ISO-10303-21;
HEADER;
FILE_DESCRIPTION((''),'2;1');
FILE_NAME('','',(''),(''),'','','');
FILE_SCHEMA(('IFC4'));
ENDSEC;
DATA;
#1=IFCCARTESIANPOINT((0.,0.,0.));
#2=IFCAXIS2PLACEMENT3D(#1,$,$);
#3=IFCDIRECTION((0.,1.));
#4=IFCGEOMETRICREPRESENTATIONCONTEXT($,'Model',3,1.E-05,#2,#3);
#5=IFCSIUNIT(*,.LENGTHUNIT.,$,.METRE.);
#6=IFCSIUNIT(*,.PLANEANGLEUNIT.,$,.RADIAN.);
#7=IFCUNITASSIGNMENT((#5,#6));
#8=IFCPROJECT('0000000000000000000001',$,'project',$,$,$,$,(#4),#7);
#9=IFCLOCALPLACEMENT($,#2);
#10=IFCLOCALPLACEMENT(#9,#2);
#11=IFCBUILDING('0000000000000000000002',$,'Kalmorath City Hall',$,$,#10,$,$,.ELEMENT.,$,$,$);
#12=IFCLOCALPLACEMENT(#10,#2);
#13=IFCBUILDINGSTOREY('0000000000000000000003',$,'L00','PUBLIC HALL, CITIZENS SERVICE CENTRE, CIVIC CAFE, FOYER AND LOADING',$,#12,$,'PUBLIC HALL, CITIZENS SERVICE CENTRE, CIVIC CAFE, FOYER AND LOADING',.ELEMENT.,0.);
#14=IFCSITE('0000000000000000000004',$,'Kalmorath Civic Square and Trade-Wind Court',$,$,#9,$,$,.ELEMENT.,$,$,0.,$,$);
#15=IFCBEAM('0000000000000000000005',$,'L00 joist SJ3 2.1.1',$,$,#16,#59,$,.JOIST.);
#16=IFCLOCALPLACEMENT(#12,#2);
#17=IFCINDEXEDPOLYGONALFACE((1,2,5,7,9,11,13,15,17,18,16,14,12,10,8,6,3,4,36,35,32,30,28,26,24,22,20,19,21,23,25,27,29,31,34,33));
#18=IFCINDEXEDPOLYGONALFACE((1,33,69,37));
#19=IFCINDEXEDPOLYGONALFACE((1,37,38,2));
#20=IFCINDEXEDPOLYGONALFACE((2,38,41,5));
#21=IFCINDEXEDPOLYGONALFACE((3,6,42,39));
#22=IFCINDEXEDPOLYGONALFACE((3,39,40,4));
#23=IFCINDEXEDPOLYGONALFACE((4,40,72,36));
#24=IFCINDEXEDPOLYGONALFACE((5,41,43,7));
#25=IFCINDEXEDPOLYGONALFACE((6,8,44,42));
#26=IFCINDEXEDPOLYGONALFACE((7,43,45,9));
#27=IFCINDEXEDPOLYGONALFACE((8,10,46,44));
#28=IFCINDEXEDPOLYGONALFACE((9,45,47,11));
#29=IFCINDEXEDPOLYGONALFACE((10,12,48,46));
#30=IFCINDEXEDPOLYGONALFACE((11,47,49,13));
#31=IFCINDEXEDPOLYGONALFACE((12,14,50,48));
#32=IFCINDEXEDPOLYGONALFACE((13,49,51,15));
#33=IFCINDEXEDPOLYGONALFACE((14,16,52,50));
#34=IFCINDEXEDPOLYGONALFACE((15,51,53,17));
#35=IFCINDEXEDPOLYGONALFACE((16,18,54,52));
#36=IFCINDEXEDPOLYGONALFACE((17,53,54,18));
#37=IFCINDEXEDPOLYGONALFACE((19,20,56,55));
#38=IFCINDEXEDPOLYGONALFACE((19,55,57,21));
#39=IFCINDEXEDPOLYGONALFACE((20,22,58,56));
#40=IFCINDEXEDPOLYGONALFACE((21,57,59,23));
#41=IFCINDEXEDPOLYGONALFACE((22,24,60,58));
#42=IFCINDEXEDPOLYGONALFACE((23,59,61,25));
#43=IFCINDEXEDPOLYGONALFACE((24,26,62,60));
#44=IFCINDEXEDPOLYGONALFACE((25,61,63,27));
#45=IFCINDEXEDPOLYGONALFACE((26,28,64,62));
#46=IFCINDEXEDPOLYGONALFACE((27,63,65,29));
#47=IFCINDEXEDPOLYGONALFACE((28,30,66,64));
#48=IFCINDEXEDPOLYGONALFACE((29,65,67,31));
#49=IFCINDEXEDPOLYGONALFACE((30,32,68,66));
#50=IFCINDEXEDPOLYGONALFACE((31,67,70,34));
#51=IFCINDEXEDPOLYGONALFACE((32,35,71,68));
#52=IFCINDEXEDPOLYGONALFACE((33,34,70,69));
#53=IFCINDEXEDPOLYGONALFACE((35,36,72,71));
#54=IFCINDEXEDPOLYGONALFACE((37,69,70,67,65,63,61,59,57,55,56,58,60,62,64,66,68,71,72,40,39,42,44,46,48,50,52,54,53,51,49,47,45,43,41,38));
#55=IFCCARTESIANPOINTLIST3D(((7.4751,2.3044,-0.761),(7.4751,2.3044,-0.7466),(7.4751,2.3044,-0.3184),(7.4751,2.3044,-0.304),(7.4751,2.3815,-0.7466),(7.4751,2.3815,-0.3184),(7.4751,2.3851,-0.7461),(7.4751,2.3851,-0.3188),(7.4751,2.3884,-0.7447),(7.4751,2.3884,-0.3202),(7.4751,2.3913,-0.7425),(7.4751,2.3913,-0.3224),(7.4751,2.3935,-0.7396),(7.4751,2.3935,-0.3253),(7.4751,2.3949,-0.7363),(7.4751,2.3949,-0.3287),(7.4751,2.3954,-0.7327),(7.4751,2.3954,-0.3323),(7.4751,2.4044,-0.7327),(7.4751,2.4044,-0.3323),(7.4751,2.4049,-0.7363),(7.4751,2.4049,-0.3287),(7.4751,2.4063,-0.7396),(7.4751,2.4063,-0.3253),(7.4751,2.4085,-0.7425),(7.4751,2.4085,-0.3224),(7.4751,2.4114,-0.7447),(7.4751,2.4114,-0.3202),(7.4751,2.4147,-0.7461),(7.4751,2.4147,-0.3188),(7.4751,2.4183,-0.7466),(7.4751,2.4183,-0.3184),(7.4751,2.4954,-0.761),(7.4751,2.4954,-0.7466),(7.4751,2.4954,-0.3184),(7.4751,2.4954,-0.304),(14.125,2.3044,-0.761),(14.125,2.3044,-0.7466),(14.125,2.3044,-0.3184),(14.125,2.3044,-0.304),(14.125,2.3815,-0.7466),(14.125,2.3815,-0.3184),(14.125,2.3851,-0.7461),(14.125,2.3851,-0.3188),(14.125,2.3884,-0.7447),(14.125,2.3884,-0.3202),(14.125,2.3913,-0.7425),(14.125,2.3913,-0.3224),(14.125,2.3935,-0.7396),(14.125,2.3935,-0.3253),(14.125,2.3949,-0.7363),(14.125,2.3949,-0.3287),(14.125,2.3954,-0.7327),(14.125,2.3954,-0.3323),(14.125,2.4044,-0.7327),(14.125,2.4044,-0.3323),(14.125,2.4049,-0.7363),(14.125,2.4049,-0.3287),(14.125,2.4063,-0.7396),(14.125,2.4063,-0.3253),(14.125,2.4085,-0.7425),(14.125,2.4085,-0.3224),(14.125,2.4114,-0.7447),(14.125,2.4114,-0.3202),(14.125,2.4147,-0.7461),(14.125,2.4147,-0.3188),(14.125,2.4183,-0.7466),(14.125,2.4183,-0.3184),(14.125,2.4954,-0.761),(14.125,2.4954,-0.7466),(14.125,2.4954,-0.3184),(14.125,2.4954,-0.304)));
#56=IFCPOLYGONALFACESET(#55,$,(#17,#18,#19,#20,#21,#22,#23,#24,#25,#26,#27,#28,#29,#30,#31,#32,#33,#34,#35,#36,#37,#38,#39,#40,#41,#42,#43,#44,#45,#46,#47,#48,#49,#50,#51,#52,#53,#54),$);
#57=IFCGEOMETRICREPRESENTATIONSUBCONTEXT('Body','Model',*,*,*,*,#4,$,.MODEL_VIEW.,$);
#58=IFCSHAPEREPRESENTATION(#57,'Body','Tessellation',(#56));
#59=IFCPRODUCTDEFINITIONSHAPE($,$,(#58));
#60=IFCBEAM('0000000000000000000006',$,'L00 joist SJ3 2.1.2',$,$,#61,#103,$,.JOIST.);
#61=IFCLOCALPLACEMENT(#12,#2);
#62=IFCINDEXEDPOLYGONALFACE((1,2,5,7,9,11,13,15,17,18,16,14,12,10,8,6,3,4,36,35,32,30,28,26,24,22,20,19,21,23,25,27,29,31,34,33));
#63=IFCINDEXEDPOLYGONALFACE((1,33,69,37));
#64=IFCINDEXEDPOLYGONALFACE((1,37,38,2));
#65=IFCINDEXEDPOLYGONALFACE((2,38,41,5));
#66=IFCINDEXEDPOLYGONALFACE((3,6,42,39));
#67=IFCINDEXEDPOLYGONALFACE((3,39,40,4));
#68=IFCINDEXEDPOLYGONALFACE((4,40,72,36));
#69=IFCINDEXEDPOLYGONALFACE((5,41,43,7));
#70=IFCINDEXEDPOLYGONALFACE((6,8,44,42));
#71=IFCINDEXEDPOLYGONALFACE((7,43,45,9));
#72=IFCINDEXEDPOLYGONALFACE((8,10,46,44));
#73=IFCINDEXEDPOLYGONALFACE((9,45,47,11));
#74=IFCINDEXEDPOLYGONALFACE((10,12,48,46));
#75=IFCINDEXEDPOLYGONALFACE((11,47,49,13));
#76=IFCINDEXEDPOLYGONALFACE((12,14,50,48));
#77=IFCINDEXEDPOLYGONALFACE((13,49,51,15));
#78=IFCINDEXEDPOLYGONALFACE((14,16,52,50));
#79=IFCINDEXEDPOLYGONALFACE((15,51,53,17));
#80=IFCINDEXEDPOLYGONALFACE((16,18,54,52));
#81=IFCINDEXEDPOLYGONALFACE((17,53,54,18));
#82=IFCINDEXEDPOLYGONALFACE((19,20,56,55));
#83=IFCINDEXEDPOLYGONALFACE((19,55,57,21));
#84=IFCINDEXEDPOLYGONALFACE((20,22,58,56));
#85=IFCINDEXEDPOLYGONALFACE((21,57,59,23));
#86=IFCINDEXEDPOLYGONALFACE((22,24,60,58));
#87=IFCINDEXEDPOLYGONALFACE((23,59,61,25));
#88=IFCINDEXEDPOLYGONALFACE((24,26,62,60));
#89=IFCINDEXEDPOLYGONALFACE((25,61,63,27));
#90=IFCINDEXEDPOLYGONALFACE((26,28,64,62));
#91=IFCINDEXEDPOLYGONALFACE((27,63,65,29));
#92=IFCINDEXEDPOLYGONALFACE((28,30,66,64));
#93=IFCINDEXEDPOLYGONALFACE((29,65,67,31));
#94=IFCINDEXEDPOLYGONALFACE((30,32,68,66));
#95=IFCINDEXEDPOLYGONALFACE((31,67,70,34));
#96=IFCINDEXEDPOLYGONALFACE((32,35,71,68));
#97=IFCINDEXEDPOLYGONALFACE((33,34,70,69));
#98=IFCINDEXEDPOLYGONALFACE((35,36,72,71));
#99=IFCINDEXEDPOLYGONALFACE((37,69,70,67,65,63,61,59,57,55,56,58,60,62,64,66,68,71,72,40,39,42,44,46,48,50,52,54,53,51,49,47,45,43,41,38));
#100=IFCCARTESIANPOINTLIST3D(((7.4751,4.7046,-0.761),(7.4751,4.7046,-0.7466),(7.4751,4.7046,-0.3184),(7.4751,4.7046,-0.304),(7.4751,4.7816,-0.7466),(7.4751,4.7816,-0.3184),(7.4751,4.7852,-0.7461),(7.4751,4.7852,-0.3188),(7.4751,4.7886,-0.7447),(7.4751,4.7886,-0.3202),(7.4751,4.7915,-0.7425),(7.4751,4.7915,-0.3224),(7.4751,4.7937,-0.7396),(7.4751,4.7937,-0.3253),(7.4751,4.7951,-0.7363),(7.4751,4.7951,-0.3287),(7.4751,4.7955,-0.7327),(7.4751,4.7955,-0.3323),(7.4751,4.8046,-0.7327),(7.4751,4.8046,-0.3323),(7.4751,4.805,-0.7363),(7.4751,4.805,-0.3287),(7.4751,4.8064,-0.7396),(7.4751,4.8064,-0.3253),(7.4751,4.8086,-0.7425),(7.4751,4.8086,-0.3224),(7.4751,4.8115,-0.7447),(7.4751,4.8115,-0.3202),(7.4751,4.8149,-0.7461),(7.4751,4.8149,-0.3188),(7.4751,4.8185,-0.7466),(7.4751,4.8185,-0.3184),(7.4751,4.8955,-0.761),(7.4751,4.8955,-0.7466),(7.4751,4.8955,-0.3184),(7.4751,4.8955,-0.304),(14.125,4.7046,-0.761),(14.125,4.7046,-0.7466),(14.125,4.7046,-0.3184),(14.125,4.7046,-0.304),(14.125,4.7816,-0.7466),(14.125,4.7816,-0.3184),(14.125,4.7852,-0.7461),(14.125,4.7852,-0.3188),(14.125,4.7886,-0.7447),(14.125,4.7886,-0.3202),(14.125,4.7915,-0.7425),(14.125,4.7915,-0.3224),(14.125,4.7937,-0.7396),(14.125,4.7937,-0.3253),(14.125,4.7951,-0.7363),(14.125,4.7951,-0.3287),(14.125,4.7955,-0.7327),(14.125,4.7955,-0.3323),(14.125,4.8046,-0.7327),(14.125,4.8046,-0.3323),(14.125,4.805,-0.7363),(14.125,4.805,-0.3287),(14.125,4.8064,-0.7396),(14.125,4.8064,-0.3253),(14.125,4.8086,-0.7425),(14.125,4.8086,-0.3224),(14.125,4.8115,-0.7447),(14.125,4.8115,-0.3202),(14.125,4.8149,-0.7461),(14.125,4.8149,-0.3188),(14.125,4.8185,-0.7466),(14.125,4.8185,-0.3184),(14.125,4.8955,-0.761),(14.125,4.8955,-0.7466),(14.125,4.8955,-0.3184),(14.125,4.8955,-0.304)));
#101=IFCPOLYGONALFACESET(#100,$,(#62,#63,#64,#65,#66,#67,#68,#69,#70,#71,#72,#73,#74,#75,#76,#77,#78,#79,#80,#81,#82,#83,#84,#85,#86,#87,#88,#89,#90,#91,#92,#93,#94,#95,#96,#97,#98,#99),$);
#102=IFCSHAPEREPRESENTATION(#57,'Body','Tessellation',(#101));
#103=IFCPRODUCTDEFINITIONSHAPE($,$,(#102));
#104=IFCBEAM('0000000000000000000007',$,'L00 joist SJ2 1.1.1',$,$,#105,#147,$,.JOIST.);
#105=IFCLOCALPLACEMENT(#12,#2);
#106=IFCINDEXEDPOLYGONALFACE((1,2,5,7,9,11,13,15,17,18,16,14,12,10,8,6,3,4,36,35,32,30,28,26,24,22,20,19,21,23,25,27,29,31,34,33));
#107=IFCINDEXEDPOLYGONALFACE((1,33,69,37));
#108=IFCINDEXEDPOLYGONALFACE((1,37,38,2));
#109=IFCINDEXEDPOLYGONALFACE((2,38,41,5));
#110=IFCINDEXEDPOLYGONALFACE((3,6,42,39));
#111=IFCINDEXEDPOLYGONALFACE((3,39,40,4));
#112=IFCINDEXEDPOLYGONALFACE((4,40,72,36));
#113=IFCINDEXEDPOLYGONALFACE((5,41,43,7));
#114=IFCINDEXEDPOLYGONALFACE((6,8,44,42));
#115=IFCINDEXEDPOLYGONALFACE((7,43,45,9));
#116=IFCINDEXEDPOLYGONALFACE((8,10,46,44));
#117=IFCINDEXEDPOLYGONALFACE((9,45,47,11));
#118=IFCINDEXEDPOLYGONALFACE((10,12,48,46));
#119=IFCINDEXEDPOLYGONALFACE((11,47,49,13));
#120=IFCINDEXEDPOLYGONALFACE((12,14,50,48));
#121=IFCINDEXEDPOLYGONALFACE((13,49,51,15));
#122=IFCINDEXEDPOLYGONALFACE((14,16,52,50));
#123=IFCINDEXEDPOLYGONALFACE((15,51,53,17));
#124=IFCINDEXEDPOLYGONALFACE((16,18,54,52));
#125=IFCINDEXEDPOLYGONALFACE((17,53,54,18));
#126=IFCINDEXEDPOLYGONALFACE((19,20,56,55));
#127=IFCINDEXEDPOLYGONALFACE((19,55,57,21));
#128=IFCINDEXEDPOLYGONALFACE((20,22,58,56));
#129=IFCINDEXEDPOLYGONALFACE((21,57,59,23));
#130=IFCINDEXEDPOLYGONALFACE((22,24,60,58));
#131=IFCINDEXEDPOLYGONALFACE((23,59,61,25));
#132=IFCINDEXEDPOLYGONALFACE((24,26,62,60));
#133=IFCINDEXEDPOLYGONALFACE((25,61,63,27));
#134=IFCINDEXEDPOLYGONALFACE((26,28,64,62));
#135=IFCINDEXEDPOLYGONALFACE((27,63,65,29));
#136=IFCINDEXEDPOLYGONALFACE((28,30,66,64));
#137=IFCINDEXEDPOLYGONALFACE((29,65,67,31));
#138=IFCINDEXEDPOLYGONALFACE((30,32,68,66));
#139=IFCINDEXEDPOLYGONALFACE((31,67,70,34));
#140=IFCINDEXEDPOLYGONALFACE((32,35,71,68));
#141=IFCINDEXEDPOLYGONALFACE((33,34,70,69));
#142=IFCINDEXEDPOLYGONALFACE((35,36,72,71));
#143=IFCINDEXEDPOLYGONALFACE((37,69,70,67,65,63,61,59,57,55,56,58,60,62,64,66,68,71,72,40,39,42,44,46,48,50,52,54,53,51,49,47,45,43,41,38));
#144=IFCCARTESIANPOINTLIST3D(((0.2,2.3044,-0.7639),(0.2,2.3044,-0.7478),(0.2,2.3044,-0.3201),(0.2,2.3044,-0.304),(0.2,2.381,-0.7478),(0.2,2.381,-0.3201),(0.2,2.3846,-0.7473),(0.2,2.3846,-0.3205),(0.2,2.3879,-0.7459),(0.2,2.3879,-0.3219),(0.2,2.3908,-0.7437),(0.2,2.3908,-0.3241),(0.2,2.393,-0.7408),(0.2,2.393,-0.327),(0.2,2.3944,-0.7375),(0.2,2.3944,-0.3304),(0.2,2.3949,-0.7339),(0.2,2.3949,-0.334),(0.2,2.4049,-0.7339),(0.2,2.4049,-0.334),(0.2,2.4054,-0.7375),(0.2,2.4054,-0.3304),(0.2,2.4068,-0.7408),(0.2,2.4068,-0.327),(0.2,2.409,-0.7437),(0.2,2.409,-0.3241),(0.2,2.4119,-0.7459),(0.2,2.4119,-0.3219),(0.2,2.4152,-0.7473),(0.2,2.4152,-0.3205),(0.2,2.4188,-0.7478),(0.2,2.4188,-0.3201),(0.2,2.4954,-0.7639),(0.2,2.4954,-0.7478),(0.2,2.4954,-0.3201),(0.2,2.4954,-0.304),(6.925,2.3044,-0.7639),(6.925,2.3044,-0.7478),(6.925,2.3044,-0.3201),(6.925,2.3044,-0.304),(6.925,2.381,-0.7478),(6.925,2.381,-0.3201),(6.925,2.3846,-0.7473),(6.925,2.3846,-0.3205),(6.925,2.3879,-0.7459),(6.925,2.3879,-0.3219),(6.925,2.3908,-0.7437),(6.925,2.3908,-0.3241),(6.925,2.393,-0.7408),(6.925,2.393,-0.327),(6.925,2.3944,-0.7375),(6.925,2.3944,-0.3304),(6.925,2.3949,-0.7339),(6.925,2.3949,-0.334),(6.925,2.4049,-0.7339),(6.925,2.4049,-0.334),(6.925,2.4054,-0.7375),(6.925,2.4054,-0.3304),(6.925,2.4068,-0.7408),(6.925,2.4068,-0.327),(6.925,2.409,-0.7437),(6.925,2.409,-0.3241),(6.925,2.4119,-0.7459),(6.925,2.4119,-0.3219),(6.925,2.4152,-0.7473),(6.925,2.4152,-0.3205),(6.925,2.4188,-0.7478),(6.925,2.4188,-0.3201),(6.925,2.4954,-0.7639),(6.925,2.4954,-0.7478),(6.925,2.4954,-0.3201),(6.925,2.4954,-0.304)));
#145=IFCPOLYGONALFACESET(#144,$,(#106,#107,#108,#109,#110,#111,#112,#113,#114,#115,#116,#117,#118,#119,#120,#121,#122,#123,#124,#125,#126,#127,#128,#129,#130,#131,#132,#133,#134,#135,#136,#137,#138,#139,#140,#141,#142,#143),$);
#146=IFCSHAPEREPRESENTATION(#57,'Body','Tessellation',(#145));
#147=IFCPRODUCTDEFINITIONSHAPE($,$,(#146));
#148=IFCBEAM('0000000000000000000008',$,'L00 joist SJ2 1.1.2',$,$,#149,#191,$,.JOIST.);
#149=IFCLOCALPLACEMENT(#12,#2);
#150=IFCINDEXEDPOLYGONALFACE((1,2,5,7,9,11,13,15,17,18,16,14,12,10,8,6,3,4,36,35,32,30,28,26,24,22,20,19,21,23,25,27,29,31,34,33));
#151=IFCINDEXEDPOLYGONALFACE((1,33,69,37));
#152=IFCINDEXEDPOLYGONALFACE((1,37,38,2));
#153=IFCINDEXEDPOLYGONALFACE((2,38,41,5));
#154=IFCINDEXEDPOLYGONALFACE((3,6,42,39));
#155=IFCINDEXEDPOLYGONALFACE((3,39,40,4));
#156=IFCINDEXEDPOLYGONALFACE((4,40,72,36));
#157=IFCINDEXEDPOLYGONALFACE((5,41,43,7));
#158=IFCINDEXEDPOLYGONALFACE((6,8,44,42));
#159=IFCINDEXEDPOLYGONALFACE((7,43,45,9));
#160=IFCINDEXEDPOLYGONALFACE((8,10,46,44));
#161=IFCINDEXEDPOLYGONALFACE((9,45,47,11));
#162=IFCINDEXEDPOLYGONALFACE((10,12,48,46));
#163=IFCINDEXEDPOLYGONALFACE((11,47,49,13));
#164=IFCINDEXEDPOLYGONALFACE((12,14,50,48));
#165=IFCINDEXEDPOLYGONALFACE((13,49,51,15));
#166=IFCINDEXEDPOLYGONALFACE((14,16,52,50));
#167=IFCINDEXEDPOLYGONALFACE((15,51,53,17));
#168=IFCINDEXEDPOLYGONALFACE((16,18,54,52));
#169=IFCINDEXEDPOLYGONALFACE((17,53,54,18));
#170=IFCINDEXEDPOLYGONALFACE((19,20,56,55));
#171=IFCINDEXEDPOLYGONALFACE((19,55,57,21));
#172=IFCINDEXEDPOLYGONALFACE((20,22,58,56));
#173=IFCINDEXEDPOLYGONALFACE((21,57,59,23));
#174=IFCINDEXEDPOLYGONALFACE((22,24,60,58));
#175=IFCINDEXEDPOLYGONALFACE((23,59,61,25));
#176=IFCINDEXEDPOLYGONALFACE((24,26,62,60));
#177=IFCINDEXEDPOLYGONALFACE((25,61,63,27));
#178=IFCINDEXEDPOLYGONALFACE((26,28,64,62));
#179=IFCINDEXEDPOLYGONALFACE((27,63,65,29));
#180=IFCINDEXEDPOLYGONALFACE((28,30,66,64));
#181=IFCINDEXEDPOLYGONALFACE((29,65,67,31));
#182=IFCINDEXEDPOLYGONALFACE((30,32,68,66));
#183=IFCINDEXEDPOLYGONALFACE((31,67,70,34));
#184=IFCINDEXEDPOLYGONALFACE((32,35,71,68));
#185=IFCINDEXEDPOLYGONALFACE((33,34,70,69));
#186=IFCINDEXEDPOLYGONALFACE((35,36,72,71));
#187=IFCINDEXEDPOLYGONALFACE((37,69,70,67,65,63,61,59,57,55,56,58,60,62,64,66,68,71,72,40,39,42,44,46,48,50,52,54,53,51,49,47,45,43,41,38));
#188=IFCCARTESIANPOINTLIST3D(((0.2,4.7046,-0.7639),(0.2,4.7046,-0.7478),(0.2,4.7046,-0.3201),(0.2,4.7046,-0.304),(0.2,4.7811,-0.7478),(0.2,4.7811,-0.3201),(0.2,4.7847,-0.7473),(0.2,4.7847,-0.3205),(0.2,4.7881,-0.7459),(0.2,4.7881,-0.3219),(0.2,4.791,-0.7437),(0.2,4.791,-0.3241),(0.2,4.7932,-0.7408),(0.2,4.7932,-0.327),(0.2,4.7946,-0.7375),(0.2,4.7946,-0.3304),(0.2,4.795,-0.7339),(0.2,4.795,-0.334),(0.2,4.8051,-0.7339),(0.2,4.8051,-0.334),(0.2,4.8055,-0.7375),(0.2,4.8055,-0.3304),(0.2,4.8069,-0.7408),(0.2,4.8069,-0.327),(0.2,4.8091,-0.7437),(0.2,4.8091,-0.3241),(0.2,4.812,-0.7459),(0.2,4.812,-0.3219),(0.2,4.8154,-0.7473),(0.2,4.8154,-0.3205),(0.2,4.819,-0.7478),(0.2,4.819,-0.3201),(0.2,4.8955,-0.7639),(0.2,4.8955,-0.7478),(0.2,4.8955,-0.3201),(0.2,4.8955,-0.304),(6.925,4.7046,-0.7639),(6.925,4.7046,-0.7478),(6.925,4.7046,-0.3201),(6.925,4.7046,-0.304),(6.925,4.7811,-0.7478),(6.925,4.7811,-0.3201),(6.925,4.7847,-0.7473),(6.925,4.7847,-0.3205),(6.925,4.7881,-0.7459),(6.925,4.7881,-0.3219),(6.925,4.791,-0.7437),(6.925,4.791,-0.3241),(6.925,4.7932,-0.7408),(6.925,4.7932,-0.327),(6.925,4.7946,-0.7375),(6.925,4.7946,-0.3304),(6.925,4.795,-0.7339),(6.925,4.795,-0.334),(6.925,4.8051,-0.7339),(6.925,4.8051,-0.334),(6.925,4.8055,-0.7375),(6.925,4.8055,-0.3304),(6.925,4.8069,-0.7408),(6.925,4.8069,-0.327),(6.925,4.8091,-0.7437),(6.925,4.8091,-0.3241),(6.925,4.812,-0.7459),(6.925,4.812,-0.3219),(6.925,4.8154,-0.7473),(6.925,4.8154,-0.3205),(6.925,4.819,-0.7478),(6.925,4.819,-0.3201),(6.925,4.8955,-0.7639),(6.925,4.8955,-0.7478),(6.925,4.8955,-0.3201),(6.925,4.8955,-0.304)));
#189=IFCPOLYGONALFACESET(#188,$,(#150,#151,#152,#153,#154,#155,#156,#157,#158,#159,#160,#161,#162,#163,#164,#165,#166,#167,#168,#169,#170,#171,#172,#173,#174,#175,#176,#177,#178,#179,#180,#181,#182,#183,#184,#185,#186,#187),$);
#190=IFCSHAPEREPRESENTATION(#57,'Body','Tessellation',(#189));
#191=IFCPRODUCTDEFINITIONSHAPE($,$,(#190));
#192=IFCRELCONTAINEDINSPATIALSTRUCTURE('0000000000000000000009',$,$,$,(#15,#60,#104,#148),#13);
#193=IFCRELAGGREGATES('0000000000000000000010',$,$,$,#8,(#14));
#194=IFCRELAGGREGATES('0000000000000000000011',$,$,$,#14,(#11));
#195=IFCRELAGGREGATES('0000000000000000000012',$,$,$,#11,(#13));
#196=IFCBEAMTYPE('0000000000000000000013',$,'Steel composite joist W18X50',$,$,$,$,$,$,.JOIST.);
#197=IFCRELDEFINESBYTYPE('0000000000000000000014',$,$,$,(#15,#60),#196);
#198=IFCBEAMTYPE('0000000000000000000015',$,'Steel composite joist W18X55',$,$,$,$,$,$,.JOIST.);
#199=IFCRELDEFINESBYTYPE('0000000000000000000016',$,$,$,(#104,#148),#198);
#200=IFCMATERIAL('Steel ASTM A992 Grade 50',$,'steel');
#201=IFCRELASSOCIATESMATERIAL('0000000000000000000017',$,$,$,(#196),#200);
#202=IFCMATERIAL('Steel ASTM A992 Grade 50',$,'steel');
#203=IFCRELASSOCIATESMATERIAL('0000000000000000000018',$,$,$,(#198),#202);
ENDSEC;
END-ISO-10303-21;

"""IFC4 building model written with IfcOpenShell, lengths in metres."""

from ifc_helpers import new_model, si_unit, direction, frame, origin, origin_2d, place, context, subcontext, project, spatial, i_section, extrude, material, material_profile, profile_set, type_object, element, save


model = new_model("IFC4")

# Units and contexts
model_context = context("Model", 3, precision=1e-05, world=origin(), true_north=direction((0.0, 1.0)))
body_context = subcontext(model_context, "Body", "Model", "MODEL_VIEW")
ifc_project = project(units=[si_unit("LENGTHUNIT", "METRE"), si_unit("PLANEANGLEUNIT", "RADIAN")], contexts=[model_context])

# Site, building, storey
site_placement = place(None, origin())
site = spatial("IfcSite", under=ifc_project, at=site_placement, Name="Kalmorath Civic Square and Trade-Wind Court", CompositionType="ELEMENT", RefElevation=0.0)
building_placement = place(site_placement, origin())
building = spatial("IfcBuilding", under=site, at=building_placement, Name="Kalmorath City Hall", CompositionType="ELEMENT")
storey_placement = place(building_placement, origin())
storey = spatial("IfcBuildingStorey", under=building, at=storey_placement, Name="L00", Description="PUBLIC HALL, CITIZENS SERVICE CENTRE, CIVIC CAFE, FOYER AND LOADING", LongName="PUBLIC HALL, CITIZENS SERVICE CENTRE, CIVIC CAFE, FOYER AND LOADING", CompositionType="ELEMENT", Elevation=0.0)

# Beams
ifc_material_1 = material(Name="Steel ASTM A992 Grade 50", Category="steel")
ifc_material_profile_1 = material_profile(ifc_material_1, i_section(OverallWidth=0.1909, OverallDepth=0.457, WebThickness=0.009, FlangeThickness=0.0144, FilletRadius=0.0139, at=origin_2d()), Name="W18X50")
ifc_profile_set_1 = profile_set([ifc_material_profile_1], Name="Steel ASTM A992 Grade 50")
beam_type_1 = type_object("IfcBeamType", Name="Steel composite joist W18X50", PredefinedType="JOIST", material=ifc_profile_set_1)
for number, where, z_axis, x_axis, name in (
    (1, (7.4751, 2.3999, -0.5325), (1.0, 0.0, 0.0), (0.0, 1.0, 0.0), "L00 joist SJ3 2.1.1"),
    (2, (7.4751, 4.8, -0.5325), (1.0, 0.0, 0.0), (0.0, 1.0, 0.0), "L00 joist SJ3 2.1.2"),
):
    element("IfcBeam", number, at=place(storey_placement, frame(where, z_axis=z_axis, x_axis=x_axis)), inside=storey, type_object=beam_type_1, Name=name, PredefinedType="JOIST", context=body_context, shape_type="SweptSolid", body=[
        extrude(i_section(OverallWidth=0.1909, OverallDepth=0.457, WebThickness=0.009, FlangeThickness=0.0144, FilletRadius=0.0139, at=origin_2d()), origin(), (0.0, 0.0, 1.0), 6.6499),
    ])
ifc_material_2 = material(Name="Steel ASTM A992 Grade 50", Category="steel")
ifc_material_profile_2 = material_profile(ifc_material_2, i_section(OverallWidth=0.1909, OverallDepth=0.46, WebThickness=0.01, FlangeThickness=0.0161, FilletRadius=0.0139, at=origin_2d()), Name="W18X55")
ifc_profile_set_2 = profile_set([ifc_material_profile_2], Name="Steel ASTM A992 Grade 50")
beam_type_2 = type_object("IfcBeamType", Name="Steel composite joist W18X55", PredefinedType="JOIST", material=ifc_profile_set_2)
for number, where, z_axis, x_axis, name in (
    (3, (0.2, 2.3999, -0.5339), (1.0, 0.0, 0.0), (0.0, 1.0, 0.0), "L00 joist SJ2 1.1.1"),
    (4, (0.2, 4.8, -0.5339), (1.0, 0.0, 0.0), (0.0, 1.0, 0.0), "L00 joist SJ2 1.1.2"),
):
    element("IfcBeam", number, at=place(storey_placement, frame(where, z_axis=z_axis, x_axis=x_axis)), inside=storey, type_object=beam_type_2, Name=name, PredefinedType="JOIST", context=body_context, shape_type="SweptSolid", body=[
        extrude(i_section(OverallWidth=0.1909, OverallDepth=0.46, WebThickness=0.01, FlangeThickness=0.0161, FilletRadius=0.0139, at=origin_2d()), origin(), (0.0, 0.0, 1.0), 6.7251),
    ])

save(model, "model.ifc")
